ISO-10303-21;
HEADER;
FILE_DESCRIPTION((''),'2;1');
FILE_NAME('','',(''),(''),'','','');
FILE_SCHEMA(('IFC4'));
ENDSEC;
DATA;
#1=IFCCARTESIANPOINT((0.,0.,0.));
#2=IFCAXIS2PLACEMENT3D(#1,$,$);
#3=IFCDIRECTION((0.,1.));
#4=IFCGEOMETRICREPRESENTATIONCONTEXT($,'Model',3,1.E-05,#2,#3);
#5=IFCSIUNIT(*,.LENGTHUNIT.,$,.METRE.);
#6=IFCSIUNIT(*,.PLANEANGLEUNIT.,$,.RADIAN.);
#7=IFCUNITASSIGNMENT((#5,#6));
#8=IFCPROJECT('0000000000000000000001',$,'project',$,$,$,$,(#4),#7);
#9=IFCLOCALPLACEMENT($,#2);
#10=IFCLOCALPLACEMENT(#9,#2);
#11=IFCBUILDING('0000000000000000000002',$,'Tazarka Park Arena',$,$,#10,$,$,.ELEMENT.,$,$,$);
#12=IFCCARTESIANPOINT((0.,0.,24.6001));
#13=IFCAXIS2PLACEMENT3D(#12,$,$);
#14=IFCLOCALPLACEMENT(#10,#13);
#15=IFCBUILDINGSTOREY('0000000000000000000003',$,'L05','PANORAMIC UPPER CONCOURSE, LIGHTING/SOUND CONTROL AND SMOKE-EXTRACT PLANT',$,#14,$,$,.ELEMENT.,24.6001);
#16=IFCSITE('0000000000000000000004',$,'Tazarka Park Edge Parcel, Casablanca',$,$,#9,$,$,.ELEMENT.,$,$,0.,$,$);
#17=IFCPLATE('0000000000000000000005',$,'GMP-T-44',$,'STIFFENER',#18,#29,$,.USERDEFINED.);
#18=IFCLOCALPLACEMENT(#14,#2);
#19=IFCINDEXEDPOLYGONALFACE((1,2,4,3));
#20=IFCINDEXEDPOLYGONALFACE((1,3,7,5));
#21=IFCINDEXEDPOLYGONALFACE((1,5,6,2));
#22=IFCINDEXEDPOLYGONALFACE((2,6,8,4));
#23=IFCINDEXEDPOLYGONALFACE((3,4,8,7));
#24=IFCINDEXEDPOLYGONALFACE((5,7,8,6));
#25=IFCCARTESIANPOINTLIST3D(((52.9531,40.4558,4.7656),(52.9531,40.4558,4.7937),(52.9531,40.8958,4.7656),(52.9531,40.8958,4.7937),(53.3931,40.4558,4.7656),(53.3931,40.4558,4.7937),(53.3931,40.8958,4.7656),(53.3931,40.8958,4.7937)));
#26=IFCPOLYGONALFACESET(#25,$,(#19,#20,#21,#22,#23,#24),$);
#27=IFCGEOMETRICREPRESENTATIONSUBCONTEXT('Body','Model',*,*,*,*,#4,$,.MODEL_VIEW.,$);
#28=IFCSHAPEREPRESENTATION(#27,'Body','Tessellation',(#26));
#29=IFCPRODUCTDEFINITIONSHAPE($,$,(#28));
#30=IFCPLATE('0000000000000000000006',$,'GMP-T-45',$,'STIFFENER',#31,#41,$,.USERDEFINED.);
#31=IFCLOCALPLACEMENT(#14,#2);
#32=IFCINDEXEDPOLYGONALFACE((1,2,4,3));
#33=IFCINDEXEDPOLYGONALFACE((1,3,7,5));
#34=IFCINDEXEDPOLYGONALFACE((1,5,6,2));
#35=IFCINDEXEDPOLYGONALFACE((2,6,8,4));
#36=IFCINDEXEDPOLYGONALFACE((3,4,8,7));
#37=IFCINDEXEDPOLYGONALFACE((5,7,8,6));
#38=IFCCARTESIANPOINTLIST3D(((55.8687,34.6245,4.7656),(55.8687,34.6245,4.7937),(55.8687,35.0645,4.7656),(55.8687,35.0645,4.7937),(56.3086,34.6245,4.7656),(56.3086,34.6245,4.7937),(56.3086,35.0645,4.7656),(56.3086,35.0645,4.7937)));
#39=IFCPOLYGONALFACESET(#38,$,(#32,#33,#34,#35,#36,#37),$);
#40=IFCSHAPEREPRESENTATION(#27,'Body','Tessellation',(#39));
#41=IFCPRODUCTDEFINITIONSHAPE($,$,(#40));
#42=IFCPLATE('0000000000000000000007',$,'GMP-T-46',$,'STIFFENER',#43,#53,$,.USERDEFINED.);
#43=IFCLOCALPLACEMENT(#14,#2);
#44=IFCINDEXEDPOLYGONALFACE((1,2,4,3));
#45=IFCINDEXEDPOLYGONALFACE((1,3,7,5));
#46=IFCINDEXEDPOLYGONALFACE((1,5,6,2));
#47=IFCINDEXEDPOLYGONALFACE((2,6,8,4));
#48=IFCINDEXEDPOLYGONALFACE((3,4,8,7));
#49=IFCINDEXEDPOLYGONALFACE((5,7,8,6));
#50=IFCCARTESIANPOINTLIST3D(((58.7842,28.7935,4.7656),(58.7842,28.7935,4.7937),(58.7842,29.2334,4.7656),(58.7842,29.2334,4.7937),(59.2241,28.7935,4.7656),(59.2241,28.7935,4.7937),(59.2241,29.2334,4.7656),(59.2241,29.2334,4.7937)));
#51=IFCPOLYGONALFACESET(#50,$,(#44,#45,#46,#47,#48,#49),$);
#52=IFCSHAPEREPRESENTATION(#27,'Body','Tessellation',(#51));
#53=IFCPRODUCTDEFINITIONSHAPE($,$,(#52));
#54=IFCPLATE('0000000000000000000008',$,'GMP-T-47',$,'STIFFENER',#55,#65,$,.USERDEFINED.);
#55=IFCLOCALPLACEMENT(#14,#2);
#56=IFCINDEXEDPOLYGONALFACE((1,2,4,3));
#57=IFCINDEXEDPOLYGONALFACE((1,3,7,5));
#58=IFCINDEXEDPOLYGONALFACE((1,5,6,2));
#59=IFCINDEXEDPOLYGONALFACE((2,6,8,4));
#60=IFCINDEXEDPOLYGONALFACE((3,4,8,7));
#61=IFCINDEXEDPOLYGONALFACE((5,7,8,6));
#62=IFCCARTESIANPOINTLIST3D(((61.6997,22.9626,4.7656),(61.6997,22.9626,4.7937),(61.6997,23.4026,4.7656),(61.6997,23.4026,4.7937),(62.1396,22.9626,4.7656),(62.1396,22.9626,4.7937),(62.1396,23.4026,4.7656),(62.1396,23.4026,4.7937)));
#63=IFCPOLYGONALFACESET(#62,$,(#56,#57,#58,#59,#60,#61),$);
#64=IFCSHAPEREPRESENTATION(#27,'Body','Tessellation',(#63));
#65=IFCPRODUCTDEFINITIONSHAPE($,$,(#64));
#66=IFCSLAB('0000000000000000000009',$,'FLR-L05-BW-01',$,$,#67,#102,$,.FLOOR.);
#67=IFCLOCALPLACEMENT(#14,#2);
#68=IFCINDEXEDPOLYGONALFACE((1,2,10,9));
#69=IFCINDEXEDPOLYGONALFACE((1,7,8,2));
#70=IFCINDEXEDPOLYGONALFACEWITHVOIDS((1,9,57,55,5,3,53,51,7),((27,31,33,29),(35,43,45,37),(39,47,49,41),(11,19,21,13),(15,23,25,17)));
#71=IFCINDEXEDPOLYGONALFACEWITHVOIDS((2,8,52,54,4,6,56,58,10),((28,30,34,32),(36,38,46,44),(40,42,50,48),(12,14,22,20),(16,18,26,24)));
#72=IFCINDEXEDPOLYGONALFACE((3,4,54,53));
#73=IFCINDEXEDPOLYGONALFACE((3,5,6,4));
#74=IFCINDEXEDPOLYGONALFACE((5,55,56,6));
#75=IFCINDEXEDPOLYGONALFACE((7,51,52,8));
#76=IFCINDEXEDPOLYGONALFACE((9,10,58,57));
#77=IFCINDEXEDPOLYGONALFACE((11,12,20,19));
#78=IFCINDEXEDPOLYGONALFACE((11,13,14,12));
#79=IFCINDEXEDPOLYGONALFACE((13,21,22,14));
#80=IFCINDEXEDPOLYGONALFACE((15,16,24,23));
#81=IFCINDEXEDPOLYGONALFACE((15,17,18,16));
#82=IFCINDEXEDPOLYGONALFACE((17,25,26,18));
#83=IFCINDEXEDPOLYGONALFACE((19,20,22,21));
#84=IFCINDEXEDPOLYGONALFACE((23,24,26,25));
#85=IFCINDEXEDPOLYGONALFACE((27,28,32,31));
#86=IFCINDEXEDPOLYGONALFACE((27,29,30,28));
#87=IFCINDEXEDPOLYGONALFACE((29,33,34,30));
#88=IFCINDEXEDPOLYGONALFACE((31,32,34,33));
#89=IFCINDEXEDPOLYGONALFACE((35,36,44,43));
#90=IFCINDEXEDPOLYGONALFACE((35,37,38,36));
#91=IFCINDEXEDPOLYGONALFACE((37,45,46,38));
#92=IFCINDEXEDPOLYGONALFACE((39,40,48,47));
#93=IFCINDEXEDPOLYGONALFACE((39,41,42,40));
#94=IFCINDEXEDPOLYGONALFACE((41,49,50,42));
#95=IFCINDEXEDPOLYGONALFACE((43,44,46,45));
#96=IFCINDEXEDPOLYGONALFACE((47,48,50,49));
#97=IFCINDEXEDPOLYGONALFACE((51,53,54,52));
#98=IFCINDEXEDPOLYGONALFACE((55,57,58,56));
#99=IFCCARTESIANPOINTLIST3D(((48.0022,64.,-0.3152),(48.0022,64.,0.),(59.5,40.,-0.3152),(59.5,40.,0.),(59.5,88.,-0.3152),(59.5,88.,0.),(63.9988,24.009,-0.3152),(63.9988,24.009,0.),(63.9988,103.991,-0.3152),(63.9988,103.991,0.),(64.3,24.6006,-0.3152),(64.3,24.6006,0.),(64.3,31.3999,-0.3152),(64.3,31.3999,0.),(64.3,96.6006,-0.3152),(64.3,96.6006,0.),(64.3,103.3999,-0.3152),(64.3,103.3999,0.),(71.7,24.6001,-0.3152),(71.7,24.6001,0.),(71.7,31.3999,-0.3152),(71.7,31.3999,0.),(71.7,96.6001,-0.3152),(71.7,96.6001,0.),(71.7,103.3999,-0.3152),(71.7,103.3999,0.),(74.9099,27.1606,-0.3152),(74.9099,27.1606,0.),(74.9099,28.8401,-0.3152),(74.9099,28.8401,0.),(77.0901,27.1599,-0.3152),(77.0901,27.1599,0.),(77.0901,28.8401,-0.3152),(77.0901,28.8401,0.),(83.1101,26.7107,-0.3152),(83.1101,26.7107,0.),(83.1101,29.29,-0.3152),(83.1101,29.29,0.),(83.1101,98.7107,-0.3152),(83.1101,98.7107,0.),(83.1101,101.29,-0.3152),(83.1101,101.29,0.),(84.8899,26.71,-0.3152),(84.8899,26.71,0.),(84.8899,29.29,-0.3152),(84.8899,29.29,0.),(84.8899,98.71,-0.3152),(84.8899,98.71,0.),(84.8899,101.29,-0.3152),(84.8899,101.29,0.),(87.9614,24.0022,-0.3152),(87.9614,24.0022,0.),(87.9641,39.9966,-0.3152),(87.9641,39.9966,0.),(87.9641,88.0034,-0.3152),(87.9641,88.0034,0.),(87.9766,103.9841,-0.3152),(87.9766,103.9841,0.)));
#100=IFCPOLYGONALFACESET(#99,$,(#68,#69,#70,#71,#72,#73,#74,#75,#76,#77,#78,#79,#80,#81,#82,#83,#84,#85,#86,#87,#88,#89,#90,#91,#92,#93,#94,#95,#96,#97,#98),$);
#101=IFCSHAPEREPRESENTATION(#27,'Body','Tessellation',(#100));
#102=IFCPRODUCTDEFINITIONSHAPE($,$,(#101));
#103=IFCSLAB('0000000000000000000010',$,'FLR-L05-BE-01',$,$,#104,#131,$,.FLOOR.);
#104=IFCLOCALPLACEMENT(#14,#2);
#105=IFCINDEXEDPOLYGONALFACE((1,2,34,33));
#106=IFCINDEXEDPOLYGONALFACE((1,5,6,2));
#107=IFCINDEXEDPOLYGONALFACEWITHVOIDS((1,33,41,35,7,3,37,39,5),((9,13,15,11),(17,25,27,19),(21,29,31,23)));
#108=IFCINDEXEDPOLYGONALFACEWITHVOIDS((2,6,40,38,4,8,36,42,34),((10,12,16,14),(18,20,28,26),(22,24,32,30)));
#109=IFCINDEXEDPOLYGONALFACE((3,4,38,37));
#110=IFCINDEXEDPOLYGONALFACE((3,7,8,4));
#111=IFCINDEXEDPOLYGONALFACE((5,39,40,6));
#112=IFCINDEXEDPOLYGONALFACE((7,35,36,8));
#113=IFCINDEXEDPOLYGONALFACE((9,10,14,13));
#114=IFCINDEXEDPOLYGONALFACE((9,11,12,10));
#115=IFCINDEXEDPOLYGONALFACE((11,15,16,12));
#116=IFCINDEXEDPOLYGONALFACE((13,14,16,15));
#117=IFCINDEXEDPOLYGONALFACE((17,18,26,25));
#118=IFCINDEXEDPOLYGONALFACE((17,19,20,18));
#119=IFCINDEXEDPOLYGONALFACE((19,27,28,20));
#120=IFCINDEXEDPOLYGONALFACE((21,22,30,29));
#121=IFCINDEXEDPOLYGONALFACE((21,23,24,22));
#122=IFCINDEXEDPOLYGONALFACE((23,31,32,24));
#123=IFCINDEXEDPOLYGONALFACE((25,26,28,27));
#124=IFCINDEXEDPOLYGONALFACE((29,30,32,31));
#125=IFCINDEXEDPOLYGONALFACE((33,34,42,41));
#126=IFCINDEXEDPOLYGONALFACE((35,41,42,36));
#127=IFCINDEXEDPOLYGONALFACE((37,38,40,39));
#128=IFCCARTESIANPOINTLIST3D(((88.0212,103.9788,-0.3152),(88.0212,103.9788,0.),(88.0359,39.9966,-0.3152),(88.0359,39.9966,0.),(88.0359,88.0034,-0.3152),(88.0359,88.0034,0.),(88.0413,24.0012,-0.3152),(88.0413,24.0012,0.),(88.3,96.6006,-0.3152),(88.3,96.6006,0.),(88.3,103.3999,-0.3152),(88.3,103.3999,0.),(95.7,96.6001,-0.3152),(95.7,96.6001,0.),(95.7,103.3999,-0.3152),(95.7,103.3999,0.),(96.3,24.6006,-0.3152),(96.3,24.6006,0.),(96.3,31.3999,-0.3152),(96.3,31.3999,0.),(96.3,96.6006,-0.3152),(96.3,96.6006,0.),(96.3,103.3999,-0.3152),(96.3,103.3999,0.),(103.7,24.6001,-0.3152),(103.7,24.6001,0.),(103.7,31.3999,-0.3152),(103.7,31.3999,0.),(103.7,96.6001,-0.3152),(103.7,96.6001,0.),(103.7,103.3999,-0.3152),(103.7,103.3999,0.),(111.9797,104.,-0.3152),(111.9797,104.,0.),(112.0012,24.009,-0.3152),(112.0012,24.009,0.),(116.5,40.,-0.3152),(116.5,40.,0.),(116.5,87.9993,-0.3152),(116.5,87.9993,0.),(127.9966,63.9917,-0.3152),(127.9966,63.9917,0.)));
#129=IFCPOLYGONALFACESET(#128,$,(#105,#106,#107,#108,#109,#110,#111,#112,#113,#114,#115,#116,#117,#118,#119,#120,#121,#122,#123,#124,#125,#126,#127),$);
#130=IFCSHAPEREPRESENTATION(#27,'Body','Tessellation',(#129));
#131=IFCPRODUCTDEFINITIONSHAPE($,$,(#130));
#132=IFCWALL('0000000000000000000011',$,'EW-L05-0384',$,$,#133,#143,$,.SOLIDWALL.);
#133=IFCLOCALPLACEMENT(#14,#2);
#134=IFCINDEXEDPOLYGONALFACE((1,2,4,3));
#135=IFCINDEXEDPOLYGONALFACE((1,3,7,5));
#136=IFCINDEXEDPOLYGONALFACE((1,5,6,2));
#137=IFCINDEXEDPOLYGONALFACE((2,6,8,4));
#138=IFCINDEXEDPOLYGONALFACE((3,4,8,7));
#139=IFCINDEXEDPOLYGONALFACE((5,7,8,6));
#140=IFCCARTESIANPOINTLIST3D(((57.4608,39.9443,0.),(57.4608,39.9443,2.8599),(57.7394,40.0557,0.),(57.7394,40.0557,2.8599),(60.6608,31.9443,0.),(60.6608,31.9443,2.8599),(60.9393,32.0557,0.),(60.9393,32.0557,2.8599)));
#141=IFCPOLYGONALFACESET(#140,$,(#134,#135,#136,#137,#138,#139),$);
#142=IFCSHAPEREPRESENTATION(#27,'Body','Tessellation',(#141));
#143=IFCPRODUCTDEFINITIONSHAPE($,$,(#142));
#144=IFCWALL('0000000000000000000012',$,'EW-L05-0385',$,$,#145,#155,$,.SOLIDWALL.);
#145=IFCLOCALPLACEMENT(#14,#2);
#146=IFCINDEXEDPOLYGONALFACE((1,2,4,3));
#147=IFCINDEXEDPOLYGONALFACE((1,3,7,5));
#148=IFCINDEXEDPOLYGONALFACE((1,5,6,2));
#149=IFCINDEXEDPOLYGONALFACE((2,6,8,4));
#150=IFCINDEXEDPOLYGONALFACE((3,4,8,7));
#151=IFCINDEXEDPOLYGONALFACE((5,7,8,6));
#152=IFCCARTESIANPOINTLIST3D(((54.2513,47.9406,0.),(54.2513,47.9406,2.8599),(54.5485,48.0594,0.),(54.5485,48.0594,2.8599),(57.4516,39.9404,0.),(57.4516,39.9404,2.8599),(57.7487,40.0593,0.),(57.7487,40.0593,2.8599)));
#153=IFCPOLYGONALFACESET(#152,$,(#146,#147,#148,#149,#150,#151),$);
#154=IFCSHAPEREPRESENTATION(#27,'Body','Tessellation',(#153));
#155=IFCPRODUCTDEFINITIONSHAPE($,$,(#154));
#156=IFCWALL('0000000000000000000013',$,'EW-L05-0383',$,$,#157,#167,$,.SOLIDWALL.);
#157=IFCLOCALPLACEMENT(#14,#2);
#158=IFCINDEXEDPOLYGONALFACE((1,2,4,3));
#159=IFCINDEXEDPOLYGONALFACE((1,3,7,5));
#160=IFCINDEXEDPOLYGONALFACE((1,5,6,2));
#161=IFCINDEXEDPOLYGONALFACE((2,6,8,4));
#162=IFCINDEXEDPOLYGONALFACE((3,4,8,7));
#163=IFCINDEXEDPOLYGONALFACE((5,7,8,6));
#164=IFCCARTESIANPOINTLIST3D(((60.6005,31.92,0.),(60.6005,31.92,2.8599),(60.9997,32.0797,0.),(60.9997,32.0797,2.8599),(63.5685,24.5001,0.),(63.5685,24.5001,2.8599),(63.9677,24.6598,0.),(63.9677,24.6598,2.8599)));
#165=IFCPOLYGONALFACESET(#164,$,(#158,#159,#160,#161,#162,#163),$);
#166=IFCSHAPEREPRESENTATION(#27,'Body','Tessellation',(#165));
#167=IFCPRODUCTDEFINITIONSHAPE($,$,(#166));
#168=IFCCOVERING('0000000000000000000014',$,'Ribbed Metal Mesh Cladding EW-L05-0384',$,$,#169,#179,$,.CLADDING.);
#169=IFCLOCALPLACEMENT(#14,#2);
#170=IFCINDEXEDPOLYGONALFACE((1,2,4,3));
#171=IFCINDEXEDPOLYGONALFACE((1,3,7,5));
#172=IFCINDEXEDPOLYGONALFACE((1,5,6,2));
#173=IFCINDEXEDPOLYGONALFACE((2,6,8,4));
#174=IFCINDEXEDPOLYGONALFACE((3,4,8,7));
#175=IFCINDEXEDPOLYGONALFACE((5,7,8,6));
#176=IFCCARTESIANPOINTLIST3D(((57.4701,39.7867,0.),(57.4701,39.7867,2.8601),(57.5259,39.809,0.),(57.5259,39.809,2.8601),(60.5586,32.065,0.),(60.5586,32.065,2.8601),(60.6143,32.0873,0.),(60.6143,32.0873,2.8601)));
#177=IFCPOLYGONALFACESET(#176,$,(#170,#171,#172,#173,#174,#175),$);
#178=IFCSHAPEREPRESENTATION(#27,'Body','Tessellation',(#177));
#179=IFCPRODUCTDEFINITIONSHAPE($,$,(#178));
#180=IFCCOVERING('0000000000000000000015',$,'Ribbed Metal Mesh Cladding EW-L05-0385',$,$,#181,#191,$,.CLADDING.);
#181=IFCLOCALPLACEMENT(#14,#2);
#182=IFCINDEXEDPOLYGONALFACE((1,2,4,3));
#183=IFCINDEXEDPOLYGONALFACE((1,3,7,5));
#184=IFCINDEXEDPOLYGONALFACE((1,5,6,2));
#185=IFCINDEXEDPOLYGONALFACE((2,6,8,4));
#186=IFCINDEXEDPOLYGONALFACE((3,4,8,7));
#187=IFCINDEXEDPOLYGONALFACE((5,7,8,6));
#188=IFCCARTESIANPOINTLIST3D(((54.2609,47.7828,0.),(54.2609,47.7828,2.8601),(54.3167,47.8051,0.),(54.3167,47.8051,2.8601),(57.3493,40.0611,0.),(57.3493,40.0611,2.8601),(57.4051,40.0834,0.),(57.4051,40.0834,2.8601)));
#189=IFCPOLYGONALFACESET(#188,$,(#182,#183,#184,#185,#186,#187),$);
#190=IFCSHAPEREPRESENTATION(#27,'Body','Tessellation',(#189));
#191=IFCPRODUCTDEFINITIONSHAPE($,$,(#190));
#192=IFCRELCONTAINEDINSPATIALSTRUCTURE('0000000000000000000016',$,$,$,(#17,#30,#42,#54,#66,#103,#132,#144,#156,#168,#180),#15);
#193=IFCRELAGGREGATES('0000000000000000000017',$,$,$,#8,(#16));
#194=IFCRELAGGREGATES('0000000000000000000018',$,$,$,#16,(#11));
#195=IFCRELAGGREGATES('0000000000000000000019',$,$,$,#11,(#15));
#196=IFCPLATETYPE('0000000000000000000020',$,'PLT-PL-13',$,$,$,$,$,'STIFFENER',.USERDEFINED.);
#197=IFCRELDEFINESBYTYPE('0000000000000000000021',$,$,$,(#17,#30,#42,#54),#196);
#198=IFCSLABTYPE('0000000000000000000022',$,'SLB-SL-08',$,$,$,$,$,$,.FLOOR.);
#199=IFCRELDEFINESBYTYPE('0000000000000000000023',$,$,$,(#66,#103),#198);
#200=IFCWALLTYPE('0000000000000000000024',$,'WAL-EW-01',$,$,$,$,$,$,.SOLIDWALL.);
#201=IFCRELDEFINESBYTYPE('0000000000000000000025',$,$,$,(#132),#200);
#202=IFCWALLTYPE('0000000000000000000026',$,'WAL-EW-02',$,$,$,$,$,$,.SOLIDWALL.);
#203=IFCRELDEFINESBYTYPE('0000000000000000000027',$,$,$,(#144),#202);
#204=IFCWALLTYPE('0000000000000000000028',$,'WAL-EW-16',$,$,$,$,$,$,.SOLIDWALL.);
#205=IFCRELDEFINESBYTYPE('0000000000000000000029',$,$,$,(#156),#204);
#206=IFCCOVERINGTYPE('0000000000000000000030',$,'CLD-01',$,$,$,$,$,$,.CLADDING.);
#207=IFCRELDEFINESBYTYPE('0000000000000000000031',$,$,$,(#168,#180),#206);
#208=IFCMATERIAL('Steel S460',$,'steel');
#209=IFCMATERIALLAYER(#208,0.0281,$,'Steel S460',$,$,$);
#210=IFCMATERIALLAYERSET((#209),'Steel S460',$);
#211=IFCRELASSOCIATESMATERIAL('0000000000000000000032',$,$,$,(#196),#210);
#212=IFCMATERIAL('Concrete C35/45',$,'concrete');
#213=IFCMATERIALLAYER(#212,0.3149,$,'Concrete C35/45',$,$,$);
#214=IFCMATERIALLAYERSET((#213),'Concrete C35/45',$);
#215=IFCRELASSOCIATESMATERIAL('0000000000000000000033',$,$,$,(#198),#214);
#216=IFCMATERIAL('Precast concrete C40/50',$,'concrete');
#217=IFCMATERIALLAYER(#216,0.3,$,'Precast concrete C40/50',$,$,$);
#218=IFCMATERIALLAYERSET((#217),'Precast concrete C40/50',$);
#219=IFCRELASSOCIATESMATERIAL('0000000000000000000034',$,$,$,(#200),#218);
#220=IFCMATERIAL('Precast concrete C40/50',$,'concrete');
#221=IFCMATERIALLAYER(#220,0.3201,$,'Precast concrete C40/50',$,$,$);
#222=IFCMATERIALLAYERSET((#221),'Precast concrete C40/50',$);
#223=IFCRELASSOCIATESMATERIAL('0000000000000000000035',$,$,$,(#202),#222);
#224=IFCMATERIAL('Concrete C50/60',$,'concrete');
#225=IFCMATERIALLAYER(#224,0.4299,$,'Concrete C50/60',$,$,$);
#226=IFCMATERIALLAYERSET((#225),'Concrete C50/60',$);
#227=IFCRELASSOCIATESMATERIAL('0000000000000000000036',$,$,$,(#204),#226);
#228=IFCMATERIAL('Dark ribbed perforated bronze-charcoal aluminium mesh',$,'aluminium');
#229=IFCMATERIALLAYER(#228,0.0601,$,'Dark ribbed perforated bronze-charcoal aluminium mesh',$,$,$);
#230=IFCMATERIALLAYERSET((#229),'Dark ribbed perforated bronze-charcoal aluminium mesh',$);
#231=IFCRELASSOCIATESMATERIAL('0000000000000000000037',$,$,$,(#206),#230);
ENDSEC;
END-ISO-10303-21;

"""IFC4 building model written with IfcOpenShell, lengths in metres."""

from ifc_helpers import new_model, si_unit, direction, frame, frame_2d, origin, origin_2d, place, context, subcontext, project, spatial, polyline, rectangle, outline, extrude, material, layer, layer_set, type_object, element, save


model = new_model("IFC4")

# Units and contexts
model_context = context("Model", 3, precision=1e-05, world=origin(), true_north=direction((0.0, 1.0)))
body_context = subcontext(model_context, "Body", "Model", "MODEL_VIEW")
ifc_project = project(units=[si_unit("LENGTHUNIT", "METRE"), si_unit("PLANEANGLEUNIT", "RADIAN")], contexts=[model_context])

# Site, building, storey
site_placement = place(None, origin())
site = spatial("IfcSite", under=ifc_project, at=site_placement, Name="Tazarka Park Edge Parcel, Casablanca", CompositionType="ELEMENT", RefElevation=0.0)
building_placement = place(site_placement, origin())
building = spatial("IfcBuilding", under=site, at=building_placement, Name="Tazarka Park Arena", CompositionType="ELEMENT")
storey_placement = place(building_placement, frame((0.0, 0.0, 24.6001)))
storey = spatial("IfcBuildingStorey", under=building, at=storey_placement, Name="L05", Description="PANORAMIC UPPER CONCOURSE, LIGHTING/SOUND CONTROL AND SMOKE-EXTRACT PLANT", CompositionType="ELEMENT", Elevation=24.6001)

# Plates
ifc_material_1 = material(Name="Steel S460", Category="steel")
ifc_layer_1 = layer(ifc_material_1, 0.0281, Name="Steel S460")
ifc_layer_set_1 = layer_set([ifc_layer_1], Name="Steel S460")
plate_type = type_object("IfcPlateType", Name="PLT-PL-13", ElementType="STIFFENER", PredefinedType="USERDEFINED", material=ifc_layer_set_1)
for number, where, z_axis, x_axis, name in (
    (1, (53.1731, 40.6758, 4.7656), (0.0, 0.0, 1.0), (1.0, 0.0, 0.0), "GMP-T-44"),
    (2, (56.0886, 34.8445, 4.7656), (0.0, 0.0, 1.0), (1.0, 0.0, 0.0), "GMP-T-45"),
    (3, (59.0042, 29.0134, 4.7656), (0.0, 0.0, 1.0), (1.0, 0.0, 0.0), "GMP-T-46"),
    (4, (61.9197, 23.1826, 4.7656), (0.0, 0.0, 1.0), (1.0, 0.0, 0.0), "GMP-T-47"),
):
    element("IfcPlate", number, at=place(storey_placement, frame(where, z_axis=z_axis, x_axis=x_axis)), inside=storey, type_object=plate_type, Name=name, ObjectType="STIFFENER", PredefinedType="USERDEFINED", context=body_context, shape_type="SweptSolid", body=[
        extrude(rectangle(XDim=0.4399, YDim=0.4399, at=origin_2d()), origin(), (0.0, 0.0, 1.0), 0.0281),
    ])

# Slabs
ifc_material_2 = material(Name="Concrete C35/45", Category="concrete")
ifc_layer_2 = layer(ifc_material_2, 0.3149, Name="Concrete C35/45")
ifc_layer_set_2 = layer_set([ifc_layer_2], Name="Concrete C35/45")
slab_type = type_object("IfcSlabType", Name="SLB-SL-08", PredefinedType="FLOOR", material=ifc_layer_set_2)
slab_1_placement = place(storey_placement, frame((0.0, 0.0, -0.3152)))
element("IfcSlab", 5, at=slab_1_placement, inside=storey, type_object=slab_type, Name="FLR-L05-BW-01", PredefinedType="FLOOR", context=body_context, shape_type="SweptSolid", body=[
    extrude(outline(polyline([(59.5, 88.0), (59.5, 40.0), (87.9641, 39.9966), (87.9614, 24.0022), (63.9988, 24.009), (48.0022, 64.0), (63.9988, 103.991), (87.9766, 103.9841), (87.9641, 88.0034), (59.5, 88.0)]), holes=[polyline([(83.1101, 26.7107), (84.8899, 26.71), (84.8899, 29.29), (83.1101, 29.29), (83.1101, 26.7107)]), polyline([(83.1101, 98.7107), (84.8899, 98.71), (84.8899, 101.29), (83.1101, 101.29), (83.1101, 98.7107)]), polyline([(74.9099, 27.1606), (77.0901, 27.1599), (77.0901, 28.8401), (74.9099, 28.8401), (74.9099, 27.1606)]), polyline([(64.3, 24.6006), (71.7, 24.6001), (71.7, 31.3999), (64.3, 31.3999), (64.3, 24.6006)]), polyline([(64.3, 96.6006), (71.7, 96.6001), (71.7, 103.3999), (64.3, 103.3999), (64.3, 96.6006)])]), origin(), (0.0, 0.0, 1.0), 0.3152),
])
slab_2_placement = place(storey_placement, frame((0.0, 0.0, -0.3152)))
element("IfcSlab", 6, at=slab_2_placement, inside=storey, type_object=slab_type, Name="FLR-L05-BE-01", PredefinedType="FLOOR", context=body_context, shape_type="SweptSolid", body=[
    extrude(outline(polyline([(111.9797, 104.0), (127.9966, 63.9917), (112.0012, 24.009), (88.0413, 24.0012), (88.0359, 39.9966), (116.5, 40.0), (116.5, 87.9993), (88.0359, 88.0034), (88.0212, 103.9788), (111.9797, 104.0)]), holes=[polyline([(96.3, 24.6006), (103.7, 24.6001), (103.7, 31.3999), (96.3, 31.3999), (96.3, 24.6006)]), polyline([(96.3, 96.6006), (103.7, 96.6001), (103.7, 103.3999), (96.3, 103.3999), (96.3, 96.6006)]), polyline([(88.3, 96.6006), (95.7, 96.6001), (95.7, 103.3999), (88.3, 103.3999), (88.3, 96.6006)])]), origin(), (0.0, 0.0, 1.0), 0.3152),
])

# Walls
ifc_material_3 = material(Name="Precast concrete C40/50", Category="concrete")
ifc_layer_3 = layer(ifc_material_3, 0.3, Name="Precast concrete C40/50")
ifc_layer_set_3 = layer_set([ifc_layer_3], Name="Precast concrete C40/50")
wall_type_1 = type_object("IfcWallType", Name="WAL-EW-01", PredefinedType="SOLIDWALL", material=ifc_layer_set_3)
wall_1_placement = place(storey_placement, frame((60.8, 32.0, 0.0), z_axis=(0.0, 0.0, 1.0), x_axis=(-0.371386, 0.928479, 0.0)))
element("IfcWall", 7, at=wall_1_placement, inside=storey, type_object=wall_type_1, Name="EW-L05-0384", PredefinedType="SOLIDWALL", context=body_context, shape_type="SweptSolid", body=[
    extrude(rectangle(XDim=8.6162, YDim=0.3, at=frame_2d((4.3081, 0.0))), origin(), (0.0, 0.0, 1.0), 2.8599),
])
ifc_material_4 = material(Name="Precast concrete C40/50", Category="concrete")
ifc_layer_4 = layer(ifc_material_4, 0.3201, Name="Precast concrete C40/50")
ifc_layer_set_4 = layer_set([ifc_layer_4], Name="Precast concrete C40/50")
wall_type_2 = type_object("IfcWallType", Name="WAL-EW-02", PredefinedType="SOLIDWALL", material=ifc_layer_set_4)
wall_2_placement = place(storey_placement, frame((57.6001, 40.0, 0.0), z_axis=(0.0, 0.0, 1.0), x_axis=(-0.37141, 0.928469, 0.0)))
element("IfcWall", 8, at=wall_2_placement, inside=storey, type_object=wall_type_2, Name="EW-L05-0385", PredefinedType="SOLIDWALL", context=body_context, shape_type="SweptSolid", body=[
    extrude(rectangle(XDim=8.6165, YDim=0.3201, at=frame_2d((4.3081, 0.0))), origin(), (0.0, 0.0, 1.0), 2.8599),
])
ifc_material_5 = material(Name="Concrete C50/60", Category="concrete")
ifc_layer_5 = layer(ifc_material_5, 0.4299, Name="Concrete C50/60")
ifc_layer_set_5 = layer_set([ifc_layer_5], Name="Concrete C50/60")
wall_type_3 = type_object("IfcWallType", Name="WAL-EW-16", PredefinedType="SOLIDWALL", material=ifc_layer_set_5)
wall_3_placement = place(storey_placement, frame((63.7681, 24.5801, 0.0), z_axis=(0.0, 0.0, 1.0), x_axis=(-0.371396, 0.928475, 0.0)))
element("IfcWall", 9, at=wall_3_placement, inside=storey, type_object=wall_type_3, Name="EW-L05-0383", PredefinedType="SOLIDWALL", context=body_context, shape_type="SweptSolid", body=[
    extrude(rectangle(XDim=7.9915, YDim=0.4299, at=frame_2d((3.9956, 0.0))), origin(), (0.0, 0.0, 1.0), 2.8599),
])

# Coverings
ifc_material_6 = material(Name="Dark ribbed perforated bronze-charcoal aluminium mesh", Category="aluminium")
ifc_layer_6 = layer(ifc_material_6, 0.0601, Name="Dark ribbed perforated bronze-charcoal aluminium mesh")
ifc_layer_set_6 = layer_set([ifc_layer_6], Name="Dark ribbed perforated bronze-charcoal aluminium mesh")
covering_type = type_object("IfcCoveringType", Name="CLD-01", PredefinedType="CLADDING", material=ifc_layer_set_6)
for number, where, z_axis, x_axis, name in (
    (10, (59.0422, 35.937, 0.0), (0.0, 0.0, 1.0), (-0.371368, 0.928486, 0.0), "Ribbed Metal Mesh Cladding EW-L05-0384"),
    (11, (55.833, 43.9331, 0.0), (0.0, 0.0, 1.0), (-0.371368, 0.928486, 0.0), "Ribbed Metal Mesh Cladding EW-L05-0385"),
):
    element("IfcCovering", number, at=place(storey_placement, frame(where, z_axis=z_axis, x_axis=x_axis)), inside=storey, type_object=covering_type, Name=name, PredefinedType="CLADDING", context=body_context, shape_type="SweptSolid", body=[
        extrude(rectangle(XDim=8.3164, YDim=0.0601, at=origin_2d()), origin(), (0.0, 0.0, 1.0), 2.8601),
    ])

save(model, "model.ifc")
